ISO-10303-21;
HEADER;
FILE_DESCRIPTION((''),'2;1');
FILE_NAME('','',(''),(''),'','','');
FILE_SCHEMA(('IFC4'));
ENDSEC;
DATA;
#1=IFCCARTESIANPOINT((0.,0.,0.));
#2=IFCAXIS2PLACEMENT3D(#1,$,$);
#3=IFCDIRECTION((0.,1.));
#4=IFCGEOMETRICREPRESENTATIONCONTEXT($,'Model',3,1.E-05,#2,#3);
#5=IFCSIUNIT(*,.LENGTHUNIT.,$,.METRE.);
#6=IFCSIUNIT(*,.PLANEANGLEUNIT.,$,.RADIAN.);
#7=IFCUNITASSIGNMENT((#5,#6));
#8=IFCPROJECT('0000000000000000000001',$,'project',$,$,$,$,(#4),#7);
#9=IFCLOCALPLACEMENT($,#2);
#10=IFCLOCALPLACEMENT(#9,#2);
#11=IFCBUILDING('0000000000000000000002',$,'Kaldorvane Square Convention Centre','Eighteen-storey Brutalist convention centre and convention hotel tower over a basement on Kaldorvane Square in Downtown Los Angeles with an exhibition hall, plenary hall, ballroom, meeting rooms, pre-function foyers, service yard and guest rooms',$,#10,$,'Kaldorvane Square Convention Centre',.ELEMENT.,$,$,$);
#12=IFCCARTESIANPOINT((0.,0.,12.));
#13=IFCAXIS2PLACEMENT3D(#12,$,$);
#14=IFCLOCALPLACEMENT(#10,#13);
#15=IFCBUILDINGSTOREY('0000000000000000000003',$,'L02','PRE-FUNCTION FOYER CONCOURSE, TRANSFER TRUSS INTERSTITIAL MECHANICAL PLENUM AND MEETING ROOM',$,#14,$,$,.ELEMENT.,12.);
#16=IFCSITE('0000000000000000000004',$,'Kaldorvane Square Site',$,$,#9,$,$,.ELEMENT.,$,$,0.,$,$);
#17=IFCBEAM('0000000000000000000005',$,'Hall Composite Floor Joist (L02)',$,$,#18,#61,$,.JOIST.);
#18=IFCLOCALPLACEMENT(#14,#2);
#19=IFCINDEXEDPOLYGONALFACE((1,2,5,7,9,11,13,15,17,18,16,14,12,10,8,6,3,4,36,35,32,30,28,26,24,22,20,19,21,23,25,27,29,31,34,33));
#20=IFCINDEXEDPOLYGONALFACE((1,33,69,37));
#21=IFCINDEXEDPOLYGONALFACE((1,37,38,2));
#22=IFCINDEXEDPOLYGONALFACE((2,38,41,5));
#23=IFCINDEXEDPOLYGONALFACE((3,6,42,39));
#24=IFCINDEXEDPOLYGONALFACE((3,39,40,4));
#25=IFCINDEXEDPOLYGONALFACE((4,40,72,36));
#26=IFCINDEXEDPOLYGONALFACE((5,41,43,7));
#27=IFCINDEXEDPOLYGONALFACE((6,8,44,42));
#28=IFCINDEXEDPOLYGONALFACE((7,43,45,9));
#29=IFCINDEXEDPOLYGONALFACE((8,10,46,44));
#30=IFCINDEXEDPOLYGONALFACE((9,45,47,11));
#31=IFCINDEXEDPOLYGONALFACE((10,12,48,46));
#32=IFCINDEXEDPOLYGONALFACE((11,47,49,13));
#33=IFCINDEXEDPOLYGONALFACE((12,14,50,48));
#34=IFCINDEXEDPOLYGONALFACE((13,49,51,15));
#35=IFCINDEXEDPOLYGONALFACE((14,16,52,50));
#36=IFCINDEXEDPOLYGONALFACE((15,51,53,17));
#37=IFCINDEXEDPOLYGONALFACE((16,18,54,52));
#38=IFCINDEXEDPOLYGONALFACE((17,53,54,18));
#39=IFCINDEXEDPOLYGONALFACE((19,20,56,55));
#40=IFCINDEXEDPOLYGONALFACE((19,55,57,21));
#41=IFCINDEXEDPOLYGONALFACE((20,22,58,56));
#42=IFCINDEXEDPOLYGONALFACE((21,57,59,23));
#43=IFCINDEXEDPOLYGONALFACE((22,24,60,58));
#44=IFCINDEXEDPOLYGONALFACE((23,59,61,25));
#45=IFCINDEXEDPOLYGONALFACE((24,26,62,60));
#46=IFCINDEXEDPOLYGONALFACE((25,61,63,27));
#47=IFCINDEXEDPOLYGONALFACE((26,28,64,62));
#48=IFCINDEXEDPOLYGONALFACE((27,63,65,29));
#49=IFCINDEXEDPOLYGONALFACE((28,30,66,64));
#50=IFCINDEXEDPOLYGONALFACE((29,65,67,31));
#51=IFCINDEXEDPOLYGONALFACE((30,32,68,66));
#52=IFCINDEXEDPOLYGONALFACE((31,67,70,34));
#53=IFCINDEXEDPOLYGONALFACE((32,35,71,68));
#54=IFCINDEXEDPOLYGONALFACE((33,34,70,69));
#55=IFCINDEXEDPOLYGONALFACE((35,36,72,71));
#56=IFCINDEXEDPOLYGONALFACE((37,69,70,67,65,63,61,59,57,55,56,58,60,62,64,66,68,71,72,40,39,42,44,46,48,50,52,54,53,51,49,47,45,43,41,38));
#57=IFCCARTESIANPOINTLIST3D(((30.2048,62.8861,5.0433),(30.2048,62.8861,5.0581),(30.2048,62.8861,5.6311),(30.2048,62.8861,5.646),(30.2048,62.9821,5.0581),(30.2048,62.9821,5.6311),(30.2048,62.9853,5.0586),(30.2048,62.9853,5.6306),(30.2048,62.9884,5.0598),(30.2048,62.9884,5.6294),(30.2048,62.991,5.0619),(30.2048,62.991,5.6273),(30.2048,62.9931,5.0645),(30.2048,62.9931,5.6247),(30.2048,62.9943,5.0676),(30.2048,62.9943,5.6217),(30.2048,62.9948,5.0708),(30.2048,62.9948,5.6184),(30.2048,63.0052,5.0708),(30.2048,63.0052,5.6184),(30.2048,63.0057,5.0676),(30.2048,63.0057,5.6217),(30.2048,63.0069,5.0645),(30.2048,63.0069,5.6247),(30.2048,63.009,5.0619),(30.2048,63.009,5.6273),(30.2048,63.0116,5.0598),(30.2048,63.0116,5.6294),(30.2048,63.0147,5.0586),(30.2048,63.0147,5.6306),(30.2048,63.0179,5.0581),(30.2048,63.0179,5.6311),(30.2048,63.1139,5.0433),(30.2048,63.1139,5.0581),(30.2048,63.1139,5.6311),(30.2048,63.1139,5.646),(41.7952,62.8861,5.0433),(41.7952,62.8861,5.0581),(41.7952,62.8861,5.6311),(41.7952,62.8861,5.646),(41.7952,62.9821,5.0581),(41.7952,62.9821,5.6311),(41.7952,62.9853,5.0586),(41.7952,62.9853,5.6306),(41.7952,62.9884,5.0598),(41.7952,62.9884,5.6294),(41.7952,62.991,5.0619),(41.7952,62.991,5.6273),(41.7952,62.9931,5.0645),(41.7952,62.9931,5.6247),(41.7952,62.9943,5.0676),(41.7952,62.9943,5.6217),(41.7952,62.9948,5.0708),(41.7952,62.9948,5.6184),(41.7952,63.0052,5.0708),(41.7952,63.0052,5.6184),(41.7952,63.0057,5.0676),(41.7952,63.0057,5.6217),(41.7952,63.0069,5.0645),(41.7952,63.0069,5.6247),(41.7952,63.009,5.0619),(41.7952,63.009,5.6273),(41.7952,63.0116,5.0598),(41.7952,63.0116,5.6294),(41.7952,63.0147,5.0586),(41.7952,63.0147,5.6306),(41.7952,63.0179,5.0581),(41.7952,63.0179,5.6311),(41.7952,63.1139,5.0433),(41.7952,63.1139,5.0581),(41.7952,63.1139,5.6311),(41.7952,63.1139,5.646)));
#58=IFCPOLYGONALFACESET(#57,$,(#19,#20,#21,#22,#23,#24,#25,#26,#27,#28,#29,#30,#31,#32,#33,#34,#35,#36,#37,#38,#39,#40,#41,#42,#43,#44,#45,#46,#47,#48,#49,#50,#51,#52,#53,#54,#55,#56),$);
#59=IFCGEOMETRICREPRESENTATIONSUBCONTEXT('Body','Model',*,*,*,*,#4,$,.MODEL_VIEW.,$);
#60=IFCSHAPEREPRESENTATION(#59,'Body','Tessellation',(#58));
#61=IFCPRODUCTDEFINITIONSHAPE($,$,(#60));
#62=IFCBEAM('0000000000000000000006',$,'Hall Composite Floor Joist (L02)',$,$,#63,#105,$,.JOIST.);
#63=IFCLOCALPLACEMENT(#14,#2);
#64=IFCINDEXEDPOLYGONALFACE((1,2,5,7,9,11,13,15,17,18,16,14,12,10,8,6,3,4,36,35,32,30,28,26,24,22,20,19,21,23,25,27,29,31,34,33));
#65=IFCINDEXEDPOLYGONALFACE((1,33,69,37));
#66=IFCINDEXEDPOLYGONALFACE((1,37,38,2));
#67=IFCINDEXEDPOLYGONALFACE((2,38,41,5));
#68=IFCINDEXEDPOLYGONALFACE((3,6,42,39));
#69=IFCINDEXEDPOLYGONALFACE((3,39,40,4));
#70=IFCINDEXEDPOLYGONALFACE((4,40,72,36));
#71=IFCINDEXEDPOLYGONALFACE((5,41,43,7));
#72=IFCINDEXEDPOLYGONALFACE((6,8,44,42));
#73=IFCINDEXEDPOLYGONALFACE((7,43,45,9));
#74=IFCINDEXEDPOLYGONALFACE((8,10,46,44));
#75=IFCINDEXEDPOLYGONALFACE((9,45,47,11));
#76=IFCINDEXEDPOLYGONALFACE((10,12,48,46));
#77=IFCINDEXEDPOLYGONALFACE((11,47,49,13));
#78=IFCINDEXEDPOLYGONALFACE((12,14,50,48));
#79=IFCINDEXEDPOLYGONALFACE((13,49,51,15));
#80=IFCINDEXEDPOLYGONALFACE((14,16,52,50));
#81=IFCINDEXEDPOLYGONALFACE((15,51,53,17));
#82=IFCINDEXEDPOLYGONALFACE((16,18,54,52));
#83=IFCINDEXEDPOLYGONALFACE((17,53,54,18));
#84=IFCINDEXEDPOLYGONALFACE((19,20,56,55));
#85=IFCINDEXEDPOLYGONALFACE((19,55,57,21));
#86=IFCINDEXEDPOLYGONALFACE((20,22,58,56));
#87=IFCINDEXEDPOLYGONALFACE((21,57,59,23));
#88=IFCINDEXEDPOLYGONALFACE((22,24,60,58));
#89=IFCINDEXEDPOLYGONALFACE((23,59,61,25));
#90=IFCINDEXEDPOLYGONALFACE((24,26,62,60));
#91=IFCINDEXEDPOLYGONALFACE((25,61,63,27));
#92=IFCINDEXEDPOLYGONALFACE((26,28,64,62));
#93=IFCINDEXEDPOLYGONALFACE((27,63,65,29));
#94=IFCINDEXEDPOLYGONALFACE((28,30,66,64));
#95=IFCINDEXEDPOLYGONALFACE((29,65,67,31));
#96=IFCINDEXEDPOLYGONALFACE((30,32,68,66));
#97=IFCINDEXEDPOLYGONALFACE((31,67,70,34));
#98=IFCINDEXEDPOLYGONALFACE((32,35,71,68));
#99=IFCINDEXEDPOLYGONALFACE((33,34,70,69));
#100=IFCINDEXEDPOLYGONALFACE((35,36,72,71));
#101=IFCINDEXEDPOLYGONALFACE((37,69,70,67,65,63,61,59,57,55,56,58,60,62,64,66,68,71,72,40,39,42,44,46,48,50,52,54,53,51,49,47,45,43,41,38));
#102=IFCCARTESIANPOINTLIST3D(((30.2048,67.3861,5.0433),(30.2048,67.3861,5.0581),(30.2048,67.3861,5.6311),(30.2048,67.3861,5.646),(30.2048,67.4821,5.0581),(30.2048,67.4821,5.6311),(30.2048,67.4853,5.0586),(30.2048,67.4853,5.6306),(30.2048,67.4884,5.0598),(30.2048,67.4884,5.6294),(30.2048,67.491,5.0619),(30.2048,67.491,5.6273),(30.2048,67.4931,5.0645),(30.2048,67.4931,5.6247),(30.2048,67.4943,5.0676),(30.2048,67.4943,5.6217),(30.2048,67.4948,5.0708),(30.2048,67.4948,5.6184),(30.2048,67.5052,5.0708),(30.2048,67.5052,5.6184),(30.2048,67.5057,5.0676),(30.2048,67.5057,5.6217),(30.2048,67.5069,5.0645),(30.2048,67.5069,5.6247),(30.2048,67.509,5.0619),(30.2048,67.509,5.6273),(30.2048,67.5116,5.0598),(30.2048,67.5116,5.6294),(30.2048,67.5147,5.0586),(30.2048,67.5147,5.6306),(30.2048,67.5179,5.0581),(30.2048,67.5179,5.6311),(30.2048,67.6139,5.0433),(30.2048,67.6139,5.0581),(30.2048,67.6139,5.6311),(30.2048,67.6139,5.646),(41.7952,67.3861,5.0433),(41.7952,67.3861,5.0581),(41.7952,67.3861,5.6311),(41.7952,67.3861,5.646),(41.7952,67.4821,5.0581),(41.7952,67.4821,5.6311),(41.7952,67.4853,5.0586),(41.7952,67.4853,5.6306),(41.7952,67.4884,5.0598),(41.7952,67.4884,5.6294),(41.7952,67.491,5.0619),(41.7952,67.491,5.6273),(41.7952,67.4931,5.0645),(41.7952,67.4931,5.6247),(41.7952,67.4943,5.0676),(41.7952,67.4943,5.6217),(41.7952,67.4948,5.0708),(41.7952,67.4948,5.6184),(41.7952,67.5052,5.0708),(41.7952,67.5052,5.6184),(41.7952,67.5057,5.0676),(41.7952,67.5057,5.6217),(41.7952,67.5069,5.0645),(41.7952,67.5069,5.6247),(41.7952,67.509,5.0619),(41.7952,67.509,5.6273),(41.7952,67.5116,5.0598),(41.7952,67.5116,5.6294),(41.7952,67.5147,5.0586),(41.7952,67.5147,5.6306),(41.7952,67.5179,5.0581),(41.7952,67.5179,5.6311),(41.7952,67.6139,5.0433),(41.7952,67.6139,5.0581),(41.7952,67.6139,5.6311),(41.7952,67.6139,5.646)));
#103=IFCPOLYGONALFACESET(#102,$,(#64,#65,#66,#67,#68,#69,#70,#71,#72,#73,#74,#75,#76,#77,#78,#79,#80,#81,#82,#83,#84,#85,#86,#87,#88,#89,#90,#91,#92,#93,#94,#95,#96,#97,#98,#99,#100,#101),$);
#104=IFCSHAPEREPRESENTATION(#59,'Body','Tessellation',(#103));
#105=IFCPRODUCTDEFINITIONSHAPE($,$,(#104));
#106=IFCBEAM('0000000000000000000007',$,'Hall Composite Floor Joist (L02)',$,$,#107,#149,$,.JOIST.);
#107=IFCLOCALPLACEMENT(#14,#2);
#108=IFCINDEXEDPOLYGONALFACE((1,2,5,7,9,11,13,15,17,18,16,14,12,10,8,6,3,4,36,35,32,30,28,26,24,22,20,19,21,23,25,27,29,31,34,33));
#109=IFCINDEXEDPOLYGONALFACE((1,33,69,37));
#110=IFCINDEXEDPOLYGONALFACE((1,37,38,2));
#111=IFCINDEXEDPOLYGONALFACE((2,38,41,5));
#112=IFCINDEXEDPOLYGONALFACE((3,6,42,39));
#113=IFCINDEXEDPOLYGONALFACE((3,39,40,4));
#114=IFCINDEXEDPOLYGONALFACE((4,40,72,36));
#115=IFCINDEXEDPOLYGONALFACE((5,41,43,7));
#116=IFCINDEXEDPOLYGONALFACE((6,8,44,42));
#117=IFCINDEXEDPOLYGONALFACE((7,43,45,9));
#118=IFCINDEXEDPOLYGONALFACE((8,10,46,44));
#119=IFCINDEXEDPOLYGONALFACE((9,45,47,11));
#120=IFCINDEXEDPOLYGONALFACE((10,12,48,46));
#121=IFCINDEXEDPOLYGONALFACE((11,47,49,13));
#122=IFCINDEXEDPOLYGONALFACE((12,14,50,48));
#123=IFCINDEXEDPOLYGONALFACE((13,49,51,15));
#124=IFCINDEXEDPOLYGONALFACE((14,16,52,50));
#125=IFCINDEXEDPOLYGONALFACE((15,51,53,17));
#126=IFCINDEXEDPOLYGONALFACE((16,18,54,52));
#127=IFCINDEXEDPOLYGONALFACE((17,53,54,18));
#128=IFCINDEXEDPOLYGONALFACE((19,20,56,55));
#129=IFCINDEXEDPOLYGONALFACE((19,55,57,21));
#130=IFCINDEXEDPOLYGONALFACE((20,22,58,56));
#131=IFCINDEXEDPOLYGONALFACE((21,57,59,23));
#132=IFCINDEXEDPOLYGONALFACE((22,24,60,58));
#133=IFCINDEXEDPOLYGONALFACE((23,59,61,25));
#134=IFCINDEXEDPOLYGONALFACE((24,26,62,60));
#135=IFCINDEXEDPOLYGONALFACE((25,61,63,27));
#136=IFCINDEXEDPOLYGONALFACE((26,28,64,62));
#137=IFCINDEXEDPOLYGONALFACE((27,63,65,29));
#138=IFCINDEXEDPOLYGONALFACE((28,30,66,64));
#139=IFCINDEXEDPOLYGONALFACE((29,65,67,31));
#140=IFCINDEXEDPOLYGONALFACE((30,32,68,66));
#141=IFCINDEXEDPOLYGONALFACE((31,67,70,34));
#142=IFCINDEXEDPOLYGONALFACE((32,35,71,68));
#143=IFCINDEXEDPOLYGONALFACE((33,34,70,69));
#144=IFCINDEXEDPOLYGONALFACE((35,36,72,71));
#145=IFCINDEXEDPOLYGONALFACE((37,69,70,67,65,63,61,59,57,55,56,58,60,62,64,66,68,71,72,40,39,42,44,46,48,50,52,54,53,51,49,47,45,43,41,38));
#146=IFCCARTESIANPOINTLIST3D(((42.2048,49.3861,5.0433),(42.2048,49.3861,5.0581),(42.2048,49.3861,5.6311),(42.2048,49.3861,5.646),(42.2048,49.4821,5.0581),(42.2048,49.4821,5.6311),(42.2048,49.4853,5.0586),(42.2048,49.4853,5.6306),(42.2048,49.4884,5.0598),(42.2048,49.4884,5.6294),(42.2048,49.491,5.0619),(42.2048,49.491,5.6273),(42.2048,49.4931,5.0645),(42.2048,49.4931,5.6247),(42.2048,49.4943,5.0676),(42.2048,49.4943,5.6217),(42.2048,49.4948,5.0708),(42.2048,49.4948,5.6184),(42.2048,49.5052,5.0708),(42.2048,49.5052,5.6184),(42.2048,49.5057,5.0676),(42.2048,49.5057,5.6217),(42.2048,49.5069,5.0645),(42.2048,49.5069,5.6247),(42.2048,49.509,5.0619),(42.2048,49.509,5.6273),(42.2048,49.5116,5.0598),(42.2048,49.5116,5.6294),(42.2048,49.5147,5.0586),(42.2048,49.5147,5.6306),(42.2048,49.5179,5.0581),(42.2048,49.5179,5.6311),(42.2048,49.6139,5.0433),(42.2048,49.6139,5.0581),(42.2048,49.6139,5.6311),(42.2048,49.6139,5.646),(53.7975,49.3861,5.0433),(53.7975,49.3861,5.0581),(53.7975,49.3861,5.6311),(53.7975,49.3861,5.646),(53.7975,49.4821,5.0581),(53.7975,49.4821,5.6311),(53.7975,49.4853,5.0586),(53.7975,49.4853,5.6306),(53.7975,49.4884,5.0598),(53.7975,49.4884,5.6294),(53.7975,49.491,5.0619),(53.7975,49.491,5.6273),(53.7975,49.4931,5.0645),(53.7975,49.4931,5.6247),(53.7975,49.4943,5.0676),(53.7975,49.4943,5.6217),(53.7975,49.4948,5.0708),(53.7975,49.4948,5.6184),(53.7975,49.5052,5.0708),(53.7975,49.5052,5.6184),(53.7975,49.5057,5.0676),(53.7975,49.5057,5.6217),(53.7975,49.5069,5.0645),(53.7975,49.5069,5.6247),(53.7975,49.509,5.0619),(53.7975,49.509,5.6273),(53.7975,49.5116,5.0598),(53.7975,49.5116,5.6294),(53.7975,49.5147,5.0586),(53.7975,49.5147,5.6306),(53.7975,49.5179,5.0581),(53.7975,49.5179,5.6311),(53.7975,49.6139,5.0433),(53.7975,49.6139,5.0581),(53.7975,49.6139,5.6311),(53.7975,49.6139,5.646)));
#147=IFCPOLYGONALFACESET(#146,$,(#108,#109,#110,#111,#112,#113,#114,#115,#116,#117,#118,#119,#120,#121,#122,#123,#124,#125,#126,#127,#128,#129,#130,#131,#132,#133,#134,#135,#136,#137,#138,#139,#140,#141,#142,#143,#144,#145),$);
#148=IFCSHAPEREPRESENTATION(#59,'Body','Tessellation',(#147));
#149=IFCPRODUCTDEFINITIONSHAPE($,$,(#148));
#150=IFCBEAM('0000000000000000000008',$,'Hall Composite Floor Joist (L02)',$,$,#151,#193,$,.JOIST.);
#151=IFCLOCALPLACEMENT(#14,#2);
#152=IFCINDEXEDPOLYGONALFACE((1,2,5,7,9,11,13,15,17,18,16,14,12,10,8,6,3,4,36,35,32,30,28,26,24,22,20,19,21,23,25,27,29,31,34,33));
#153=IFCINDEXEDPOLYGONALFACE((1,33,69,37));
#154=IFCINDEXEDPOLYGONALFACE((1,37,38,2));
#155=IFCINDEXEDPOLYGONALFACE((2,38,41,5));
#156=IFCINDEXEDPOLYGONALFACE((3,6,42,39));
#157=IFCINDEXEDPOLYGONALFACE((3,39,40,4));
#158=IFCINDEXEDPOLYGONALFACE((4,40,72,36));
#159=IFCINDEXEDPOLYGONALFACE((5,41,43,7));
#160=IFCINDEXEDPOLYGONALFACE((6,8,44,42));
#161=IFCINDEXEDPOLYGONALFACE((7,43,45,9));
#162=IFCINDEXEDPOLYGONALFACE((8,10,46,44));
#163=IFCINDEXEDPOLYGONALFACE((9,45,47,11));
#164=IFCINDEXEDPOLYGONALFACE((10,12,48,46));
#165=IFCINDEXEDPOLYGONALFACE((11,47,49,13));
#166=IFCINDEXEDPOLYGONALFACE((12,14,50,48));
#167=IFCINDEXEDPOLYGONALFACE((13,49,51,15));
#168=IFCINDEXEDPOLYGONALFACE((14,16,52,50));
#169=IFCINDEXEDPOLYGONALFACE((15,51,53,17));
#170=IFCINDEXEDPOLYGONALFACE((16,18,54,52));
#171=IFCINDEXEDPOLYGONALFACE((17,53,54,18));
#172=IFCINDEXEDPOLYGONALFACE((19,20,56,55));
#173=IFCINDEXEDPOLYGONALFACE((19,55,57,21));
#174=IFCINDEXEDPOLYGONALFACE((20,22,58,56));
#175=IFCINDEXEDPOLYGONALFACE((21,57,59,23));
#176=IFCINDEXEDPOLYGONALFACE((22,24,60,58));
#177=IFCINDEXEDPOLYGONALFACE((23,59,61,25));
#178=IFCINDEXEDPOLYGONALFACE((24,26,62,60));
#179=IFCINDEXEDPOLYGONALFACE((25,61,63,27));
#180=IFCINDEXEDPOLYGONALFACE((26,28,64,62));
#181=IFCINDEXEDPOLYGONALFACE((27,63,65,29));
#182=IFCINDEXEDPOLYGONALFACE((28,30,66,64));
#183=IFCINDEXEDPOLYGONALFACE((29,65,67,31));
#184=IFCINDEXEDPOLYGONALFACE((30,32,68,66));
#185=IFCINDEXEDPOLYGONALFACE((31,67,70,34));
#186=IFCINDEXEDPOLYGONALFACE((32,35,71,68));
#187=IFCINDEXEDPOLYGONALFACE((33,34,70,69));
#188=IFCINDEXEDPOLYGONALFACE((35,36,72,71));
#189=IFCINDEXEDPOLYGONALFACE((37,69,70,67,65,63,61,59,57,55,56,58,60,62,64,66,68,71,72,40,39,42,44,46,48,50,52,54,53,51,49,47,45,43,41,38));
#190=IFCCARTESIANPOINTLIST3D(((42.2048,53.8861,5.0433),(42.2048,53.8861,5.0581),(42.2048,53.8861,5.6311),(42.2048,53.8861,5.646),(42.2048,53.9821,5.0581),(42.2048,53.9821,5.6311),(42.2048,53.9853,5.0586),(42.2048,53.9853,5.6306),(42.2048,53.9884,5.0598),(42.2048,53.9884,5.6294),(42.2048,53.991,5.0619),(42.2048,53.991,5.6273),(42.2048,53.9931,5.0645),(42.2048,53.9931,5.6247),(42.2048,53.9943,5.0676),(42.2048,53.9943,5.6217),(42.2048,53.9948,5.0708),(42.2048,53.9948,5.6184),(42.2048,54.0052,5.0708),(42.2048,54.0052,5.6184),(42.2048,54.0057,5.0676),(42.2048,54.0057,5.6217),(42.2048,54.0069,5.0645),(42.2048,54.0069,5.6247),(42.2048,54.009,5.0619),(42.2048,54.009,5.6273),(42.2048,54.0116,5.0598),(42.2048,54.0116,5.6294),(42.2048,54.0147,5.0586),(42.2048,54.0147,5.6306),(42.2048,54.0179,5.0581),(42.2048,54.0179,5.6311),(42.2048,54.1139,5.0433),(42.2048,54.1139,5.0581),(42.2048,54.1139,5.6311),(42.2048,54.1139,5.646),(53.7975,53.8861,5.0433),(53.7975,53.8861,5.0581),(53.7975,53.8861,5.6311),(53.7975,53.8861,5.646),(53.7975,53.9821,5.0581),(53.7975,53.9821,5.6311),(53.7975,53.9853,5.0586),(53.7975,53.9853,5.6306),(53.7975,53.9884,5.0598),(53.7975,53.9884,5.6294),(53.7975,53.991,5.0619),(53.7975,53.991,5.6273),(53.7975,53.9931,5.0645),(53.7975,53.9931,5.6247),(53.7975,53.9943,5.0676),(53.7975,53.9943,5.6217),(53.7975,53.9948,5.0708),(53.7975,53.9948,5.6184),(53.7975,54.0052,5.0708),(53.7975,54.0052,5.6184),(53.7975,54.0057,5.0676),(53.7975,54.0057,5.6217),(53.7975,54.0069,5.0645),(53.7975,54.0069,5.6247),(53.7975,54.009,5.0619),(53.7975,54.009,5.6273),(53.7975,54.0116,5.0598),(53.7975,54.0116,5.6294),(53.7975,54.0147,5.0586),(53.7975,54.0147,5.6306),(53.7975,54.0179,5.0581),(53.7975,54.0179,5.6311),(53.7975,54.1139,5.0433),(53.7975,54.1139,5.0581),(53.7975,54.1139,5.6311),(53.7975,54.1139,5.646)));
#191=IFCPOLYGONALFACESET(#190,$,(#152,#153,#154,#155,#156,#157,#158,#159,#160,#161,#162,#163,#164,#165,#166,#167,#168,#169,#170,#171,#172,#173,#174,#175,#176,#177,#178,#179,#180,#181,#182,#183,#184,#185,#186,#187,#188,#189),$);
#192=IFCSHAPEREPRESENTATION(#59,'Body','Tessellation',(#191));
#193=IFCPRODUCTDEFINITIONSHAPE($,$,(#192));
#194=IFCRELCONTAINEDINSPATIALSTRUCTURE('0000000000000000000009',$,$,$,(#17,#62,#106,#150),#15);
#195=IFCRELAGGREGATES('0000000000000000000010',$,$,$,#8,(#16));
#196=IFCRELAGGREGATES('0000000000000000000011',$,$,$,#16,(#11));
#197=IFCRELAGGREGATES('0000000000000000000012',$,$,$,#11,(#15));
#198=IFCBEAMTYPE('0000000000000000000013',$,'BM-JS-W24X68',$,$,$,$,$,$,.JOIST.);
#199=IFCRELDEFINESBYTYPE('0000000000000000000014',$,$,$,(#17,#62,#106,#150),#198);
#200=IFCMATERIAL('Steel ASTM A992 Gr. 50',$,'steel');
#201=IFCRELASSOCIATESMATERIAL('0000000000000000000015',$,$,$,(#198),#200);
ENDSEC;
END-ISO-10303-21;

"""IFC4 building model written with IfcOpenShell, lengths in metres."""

from ifc_helpers import new_model, si_unit, direction, frame, origin, origin_2d, place, context, subcontext, project, spatial, i_section, extrude, material, material_profile, profile_set, type_object, element, save


model = new_model("IFC4")

# Units and contexts
model_context = context("Model", 3, precision=1e-05, world=origin(), true_north=direction((0.0, 1.0)))
body_context = subcontext(model_context, "Body", "Model", "MODEL_VIEW")
ifc_project = project(units=[si_unit("LENGTHUNIT", "METRE"), si_unit("PLANEANGLEUNIT", "RADIAN")], contexts=[model_context])

# Site, building, storey
site_placement = place(None, origin())
site = spatial("IfcSite", under=ifc_project, at=site_placement, Name="Kaldorvane Square Site", CompositionType="ELEMENT", RefElevation=0.0)
building_placement = place(site_placement, origin())
building = spatial("IfcBuilding", under=site, at=building_placement, Name="Kaldorvane Square Convention Centre", Description="Eighteen-storey Brutalist convention centre and convention hotel tower over a basement on Kaldorvane Square in Downtown Los Angeles with an exhibition hall, plenary hall, ballroom, meeting rooms, pre-function foyers, service yard and guest rooms", LongName="Kaldorvane Square Convention Centre", CompositionType="ELEMENT")
storey_placement = place(building_placement, frame((0.0, 0.0, 12.0)))
storey = spatial("IfcBuildingStorey", under=building, at=storey_placement, Name="L02", Description="PRE-FUNCTION FOYER CONCOURSE, TRANSFER TRUSS INTERSTITIAL MECHANICAL PLENUM AND MEETING ROOM", CompositionType="ELEMENT", Elevation=12.0)

# Beams
ifc_material = material(Name="Steel ASTM A992 Gr. 50", Category="steel")
ifc_material_profile_1 = material_profile(ifc_material, i_section(OverallWidth=0.2277, OverallDepth=0.6027, WebThickness=0.0105, FlangeThickness=0.0149, FilletRadius=0.0127, at=origin_2d()), Name="W24X68")
ifc_profile_set_1 = profile_set([ifc_material_profile_1], Name="Steel ASTM A992 Gr. 50")
beam_type = type_object("IfcBeamType", Name="BM-JS-W24X68", PredefinedType="JOIST", material=ifc_profile_set_1)
for number, where, z_axis, x_axis, name in (
    (1, (30.2048, 63.0, 5.3446), (1.0, 0.0, 0.0), (0.0, 1.0, 0.0), "Hall Composite Floor Joist (L02)"),
    (2, (30.2048, 67.5, 5.3446), (1.0, 0.0, 0.0), (0.0, 1.0, 0.0), "Hall Composite Floor Joist (L02)"),
):
    element("IfcBeam", number, at=place(storey_placement, frame(where, z_axis=z_axis, x_axis=x_axis)), inside=storey, type_object=beam_type, Name=name, PredefinedType="JOIST", context=body_context, shape_type="SweptSolid", body=[
        extrude(i_section(OverallWidth=0.2277, OverallDepth=0.6027, WebThickness=0.0105, FlangeThickness=0.0149, FilletRadius=0.0127, at=origin_2d()), origin(), (0.0, 0.0, 1.0), 11.5904),
    ])
for number, where, z_axis, x_axis, name in (
    (3, (42.2048, 49.5, 5.3446), (1.0, 0.0, 0.0), (0.0, 1.0, 0.0), "Hall Composite Floor Joist (L02)"),
    (4, (42.2048, 54.0, 5.3446), (1.0, 0.0, 0.0), (0.0, 1.0, 0.0), "Hall Composite Floor Joist (L02)"),
):
    element("IfcBeam", number, at=place(storey_placement, frame(where, z_axis=z_axis, x_axis=x_axis)), inside=storey, type_object=beam_type, Name=name, PredefinedType="JOIST", context=body_context, shape_type="SweptSolid", body=[
        extrude(i_section(OverallWidth=0.2277, OverallDepth=0.6027, WebThickness=0.0105, FlangeThickness=0.0149, FilletRadius=0.0127, at=origin_2d()), origin(), (0.0, 0.0, 1.0), 11.5927),
    ])

save(model, "model.ifc")
